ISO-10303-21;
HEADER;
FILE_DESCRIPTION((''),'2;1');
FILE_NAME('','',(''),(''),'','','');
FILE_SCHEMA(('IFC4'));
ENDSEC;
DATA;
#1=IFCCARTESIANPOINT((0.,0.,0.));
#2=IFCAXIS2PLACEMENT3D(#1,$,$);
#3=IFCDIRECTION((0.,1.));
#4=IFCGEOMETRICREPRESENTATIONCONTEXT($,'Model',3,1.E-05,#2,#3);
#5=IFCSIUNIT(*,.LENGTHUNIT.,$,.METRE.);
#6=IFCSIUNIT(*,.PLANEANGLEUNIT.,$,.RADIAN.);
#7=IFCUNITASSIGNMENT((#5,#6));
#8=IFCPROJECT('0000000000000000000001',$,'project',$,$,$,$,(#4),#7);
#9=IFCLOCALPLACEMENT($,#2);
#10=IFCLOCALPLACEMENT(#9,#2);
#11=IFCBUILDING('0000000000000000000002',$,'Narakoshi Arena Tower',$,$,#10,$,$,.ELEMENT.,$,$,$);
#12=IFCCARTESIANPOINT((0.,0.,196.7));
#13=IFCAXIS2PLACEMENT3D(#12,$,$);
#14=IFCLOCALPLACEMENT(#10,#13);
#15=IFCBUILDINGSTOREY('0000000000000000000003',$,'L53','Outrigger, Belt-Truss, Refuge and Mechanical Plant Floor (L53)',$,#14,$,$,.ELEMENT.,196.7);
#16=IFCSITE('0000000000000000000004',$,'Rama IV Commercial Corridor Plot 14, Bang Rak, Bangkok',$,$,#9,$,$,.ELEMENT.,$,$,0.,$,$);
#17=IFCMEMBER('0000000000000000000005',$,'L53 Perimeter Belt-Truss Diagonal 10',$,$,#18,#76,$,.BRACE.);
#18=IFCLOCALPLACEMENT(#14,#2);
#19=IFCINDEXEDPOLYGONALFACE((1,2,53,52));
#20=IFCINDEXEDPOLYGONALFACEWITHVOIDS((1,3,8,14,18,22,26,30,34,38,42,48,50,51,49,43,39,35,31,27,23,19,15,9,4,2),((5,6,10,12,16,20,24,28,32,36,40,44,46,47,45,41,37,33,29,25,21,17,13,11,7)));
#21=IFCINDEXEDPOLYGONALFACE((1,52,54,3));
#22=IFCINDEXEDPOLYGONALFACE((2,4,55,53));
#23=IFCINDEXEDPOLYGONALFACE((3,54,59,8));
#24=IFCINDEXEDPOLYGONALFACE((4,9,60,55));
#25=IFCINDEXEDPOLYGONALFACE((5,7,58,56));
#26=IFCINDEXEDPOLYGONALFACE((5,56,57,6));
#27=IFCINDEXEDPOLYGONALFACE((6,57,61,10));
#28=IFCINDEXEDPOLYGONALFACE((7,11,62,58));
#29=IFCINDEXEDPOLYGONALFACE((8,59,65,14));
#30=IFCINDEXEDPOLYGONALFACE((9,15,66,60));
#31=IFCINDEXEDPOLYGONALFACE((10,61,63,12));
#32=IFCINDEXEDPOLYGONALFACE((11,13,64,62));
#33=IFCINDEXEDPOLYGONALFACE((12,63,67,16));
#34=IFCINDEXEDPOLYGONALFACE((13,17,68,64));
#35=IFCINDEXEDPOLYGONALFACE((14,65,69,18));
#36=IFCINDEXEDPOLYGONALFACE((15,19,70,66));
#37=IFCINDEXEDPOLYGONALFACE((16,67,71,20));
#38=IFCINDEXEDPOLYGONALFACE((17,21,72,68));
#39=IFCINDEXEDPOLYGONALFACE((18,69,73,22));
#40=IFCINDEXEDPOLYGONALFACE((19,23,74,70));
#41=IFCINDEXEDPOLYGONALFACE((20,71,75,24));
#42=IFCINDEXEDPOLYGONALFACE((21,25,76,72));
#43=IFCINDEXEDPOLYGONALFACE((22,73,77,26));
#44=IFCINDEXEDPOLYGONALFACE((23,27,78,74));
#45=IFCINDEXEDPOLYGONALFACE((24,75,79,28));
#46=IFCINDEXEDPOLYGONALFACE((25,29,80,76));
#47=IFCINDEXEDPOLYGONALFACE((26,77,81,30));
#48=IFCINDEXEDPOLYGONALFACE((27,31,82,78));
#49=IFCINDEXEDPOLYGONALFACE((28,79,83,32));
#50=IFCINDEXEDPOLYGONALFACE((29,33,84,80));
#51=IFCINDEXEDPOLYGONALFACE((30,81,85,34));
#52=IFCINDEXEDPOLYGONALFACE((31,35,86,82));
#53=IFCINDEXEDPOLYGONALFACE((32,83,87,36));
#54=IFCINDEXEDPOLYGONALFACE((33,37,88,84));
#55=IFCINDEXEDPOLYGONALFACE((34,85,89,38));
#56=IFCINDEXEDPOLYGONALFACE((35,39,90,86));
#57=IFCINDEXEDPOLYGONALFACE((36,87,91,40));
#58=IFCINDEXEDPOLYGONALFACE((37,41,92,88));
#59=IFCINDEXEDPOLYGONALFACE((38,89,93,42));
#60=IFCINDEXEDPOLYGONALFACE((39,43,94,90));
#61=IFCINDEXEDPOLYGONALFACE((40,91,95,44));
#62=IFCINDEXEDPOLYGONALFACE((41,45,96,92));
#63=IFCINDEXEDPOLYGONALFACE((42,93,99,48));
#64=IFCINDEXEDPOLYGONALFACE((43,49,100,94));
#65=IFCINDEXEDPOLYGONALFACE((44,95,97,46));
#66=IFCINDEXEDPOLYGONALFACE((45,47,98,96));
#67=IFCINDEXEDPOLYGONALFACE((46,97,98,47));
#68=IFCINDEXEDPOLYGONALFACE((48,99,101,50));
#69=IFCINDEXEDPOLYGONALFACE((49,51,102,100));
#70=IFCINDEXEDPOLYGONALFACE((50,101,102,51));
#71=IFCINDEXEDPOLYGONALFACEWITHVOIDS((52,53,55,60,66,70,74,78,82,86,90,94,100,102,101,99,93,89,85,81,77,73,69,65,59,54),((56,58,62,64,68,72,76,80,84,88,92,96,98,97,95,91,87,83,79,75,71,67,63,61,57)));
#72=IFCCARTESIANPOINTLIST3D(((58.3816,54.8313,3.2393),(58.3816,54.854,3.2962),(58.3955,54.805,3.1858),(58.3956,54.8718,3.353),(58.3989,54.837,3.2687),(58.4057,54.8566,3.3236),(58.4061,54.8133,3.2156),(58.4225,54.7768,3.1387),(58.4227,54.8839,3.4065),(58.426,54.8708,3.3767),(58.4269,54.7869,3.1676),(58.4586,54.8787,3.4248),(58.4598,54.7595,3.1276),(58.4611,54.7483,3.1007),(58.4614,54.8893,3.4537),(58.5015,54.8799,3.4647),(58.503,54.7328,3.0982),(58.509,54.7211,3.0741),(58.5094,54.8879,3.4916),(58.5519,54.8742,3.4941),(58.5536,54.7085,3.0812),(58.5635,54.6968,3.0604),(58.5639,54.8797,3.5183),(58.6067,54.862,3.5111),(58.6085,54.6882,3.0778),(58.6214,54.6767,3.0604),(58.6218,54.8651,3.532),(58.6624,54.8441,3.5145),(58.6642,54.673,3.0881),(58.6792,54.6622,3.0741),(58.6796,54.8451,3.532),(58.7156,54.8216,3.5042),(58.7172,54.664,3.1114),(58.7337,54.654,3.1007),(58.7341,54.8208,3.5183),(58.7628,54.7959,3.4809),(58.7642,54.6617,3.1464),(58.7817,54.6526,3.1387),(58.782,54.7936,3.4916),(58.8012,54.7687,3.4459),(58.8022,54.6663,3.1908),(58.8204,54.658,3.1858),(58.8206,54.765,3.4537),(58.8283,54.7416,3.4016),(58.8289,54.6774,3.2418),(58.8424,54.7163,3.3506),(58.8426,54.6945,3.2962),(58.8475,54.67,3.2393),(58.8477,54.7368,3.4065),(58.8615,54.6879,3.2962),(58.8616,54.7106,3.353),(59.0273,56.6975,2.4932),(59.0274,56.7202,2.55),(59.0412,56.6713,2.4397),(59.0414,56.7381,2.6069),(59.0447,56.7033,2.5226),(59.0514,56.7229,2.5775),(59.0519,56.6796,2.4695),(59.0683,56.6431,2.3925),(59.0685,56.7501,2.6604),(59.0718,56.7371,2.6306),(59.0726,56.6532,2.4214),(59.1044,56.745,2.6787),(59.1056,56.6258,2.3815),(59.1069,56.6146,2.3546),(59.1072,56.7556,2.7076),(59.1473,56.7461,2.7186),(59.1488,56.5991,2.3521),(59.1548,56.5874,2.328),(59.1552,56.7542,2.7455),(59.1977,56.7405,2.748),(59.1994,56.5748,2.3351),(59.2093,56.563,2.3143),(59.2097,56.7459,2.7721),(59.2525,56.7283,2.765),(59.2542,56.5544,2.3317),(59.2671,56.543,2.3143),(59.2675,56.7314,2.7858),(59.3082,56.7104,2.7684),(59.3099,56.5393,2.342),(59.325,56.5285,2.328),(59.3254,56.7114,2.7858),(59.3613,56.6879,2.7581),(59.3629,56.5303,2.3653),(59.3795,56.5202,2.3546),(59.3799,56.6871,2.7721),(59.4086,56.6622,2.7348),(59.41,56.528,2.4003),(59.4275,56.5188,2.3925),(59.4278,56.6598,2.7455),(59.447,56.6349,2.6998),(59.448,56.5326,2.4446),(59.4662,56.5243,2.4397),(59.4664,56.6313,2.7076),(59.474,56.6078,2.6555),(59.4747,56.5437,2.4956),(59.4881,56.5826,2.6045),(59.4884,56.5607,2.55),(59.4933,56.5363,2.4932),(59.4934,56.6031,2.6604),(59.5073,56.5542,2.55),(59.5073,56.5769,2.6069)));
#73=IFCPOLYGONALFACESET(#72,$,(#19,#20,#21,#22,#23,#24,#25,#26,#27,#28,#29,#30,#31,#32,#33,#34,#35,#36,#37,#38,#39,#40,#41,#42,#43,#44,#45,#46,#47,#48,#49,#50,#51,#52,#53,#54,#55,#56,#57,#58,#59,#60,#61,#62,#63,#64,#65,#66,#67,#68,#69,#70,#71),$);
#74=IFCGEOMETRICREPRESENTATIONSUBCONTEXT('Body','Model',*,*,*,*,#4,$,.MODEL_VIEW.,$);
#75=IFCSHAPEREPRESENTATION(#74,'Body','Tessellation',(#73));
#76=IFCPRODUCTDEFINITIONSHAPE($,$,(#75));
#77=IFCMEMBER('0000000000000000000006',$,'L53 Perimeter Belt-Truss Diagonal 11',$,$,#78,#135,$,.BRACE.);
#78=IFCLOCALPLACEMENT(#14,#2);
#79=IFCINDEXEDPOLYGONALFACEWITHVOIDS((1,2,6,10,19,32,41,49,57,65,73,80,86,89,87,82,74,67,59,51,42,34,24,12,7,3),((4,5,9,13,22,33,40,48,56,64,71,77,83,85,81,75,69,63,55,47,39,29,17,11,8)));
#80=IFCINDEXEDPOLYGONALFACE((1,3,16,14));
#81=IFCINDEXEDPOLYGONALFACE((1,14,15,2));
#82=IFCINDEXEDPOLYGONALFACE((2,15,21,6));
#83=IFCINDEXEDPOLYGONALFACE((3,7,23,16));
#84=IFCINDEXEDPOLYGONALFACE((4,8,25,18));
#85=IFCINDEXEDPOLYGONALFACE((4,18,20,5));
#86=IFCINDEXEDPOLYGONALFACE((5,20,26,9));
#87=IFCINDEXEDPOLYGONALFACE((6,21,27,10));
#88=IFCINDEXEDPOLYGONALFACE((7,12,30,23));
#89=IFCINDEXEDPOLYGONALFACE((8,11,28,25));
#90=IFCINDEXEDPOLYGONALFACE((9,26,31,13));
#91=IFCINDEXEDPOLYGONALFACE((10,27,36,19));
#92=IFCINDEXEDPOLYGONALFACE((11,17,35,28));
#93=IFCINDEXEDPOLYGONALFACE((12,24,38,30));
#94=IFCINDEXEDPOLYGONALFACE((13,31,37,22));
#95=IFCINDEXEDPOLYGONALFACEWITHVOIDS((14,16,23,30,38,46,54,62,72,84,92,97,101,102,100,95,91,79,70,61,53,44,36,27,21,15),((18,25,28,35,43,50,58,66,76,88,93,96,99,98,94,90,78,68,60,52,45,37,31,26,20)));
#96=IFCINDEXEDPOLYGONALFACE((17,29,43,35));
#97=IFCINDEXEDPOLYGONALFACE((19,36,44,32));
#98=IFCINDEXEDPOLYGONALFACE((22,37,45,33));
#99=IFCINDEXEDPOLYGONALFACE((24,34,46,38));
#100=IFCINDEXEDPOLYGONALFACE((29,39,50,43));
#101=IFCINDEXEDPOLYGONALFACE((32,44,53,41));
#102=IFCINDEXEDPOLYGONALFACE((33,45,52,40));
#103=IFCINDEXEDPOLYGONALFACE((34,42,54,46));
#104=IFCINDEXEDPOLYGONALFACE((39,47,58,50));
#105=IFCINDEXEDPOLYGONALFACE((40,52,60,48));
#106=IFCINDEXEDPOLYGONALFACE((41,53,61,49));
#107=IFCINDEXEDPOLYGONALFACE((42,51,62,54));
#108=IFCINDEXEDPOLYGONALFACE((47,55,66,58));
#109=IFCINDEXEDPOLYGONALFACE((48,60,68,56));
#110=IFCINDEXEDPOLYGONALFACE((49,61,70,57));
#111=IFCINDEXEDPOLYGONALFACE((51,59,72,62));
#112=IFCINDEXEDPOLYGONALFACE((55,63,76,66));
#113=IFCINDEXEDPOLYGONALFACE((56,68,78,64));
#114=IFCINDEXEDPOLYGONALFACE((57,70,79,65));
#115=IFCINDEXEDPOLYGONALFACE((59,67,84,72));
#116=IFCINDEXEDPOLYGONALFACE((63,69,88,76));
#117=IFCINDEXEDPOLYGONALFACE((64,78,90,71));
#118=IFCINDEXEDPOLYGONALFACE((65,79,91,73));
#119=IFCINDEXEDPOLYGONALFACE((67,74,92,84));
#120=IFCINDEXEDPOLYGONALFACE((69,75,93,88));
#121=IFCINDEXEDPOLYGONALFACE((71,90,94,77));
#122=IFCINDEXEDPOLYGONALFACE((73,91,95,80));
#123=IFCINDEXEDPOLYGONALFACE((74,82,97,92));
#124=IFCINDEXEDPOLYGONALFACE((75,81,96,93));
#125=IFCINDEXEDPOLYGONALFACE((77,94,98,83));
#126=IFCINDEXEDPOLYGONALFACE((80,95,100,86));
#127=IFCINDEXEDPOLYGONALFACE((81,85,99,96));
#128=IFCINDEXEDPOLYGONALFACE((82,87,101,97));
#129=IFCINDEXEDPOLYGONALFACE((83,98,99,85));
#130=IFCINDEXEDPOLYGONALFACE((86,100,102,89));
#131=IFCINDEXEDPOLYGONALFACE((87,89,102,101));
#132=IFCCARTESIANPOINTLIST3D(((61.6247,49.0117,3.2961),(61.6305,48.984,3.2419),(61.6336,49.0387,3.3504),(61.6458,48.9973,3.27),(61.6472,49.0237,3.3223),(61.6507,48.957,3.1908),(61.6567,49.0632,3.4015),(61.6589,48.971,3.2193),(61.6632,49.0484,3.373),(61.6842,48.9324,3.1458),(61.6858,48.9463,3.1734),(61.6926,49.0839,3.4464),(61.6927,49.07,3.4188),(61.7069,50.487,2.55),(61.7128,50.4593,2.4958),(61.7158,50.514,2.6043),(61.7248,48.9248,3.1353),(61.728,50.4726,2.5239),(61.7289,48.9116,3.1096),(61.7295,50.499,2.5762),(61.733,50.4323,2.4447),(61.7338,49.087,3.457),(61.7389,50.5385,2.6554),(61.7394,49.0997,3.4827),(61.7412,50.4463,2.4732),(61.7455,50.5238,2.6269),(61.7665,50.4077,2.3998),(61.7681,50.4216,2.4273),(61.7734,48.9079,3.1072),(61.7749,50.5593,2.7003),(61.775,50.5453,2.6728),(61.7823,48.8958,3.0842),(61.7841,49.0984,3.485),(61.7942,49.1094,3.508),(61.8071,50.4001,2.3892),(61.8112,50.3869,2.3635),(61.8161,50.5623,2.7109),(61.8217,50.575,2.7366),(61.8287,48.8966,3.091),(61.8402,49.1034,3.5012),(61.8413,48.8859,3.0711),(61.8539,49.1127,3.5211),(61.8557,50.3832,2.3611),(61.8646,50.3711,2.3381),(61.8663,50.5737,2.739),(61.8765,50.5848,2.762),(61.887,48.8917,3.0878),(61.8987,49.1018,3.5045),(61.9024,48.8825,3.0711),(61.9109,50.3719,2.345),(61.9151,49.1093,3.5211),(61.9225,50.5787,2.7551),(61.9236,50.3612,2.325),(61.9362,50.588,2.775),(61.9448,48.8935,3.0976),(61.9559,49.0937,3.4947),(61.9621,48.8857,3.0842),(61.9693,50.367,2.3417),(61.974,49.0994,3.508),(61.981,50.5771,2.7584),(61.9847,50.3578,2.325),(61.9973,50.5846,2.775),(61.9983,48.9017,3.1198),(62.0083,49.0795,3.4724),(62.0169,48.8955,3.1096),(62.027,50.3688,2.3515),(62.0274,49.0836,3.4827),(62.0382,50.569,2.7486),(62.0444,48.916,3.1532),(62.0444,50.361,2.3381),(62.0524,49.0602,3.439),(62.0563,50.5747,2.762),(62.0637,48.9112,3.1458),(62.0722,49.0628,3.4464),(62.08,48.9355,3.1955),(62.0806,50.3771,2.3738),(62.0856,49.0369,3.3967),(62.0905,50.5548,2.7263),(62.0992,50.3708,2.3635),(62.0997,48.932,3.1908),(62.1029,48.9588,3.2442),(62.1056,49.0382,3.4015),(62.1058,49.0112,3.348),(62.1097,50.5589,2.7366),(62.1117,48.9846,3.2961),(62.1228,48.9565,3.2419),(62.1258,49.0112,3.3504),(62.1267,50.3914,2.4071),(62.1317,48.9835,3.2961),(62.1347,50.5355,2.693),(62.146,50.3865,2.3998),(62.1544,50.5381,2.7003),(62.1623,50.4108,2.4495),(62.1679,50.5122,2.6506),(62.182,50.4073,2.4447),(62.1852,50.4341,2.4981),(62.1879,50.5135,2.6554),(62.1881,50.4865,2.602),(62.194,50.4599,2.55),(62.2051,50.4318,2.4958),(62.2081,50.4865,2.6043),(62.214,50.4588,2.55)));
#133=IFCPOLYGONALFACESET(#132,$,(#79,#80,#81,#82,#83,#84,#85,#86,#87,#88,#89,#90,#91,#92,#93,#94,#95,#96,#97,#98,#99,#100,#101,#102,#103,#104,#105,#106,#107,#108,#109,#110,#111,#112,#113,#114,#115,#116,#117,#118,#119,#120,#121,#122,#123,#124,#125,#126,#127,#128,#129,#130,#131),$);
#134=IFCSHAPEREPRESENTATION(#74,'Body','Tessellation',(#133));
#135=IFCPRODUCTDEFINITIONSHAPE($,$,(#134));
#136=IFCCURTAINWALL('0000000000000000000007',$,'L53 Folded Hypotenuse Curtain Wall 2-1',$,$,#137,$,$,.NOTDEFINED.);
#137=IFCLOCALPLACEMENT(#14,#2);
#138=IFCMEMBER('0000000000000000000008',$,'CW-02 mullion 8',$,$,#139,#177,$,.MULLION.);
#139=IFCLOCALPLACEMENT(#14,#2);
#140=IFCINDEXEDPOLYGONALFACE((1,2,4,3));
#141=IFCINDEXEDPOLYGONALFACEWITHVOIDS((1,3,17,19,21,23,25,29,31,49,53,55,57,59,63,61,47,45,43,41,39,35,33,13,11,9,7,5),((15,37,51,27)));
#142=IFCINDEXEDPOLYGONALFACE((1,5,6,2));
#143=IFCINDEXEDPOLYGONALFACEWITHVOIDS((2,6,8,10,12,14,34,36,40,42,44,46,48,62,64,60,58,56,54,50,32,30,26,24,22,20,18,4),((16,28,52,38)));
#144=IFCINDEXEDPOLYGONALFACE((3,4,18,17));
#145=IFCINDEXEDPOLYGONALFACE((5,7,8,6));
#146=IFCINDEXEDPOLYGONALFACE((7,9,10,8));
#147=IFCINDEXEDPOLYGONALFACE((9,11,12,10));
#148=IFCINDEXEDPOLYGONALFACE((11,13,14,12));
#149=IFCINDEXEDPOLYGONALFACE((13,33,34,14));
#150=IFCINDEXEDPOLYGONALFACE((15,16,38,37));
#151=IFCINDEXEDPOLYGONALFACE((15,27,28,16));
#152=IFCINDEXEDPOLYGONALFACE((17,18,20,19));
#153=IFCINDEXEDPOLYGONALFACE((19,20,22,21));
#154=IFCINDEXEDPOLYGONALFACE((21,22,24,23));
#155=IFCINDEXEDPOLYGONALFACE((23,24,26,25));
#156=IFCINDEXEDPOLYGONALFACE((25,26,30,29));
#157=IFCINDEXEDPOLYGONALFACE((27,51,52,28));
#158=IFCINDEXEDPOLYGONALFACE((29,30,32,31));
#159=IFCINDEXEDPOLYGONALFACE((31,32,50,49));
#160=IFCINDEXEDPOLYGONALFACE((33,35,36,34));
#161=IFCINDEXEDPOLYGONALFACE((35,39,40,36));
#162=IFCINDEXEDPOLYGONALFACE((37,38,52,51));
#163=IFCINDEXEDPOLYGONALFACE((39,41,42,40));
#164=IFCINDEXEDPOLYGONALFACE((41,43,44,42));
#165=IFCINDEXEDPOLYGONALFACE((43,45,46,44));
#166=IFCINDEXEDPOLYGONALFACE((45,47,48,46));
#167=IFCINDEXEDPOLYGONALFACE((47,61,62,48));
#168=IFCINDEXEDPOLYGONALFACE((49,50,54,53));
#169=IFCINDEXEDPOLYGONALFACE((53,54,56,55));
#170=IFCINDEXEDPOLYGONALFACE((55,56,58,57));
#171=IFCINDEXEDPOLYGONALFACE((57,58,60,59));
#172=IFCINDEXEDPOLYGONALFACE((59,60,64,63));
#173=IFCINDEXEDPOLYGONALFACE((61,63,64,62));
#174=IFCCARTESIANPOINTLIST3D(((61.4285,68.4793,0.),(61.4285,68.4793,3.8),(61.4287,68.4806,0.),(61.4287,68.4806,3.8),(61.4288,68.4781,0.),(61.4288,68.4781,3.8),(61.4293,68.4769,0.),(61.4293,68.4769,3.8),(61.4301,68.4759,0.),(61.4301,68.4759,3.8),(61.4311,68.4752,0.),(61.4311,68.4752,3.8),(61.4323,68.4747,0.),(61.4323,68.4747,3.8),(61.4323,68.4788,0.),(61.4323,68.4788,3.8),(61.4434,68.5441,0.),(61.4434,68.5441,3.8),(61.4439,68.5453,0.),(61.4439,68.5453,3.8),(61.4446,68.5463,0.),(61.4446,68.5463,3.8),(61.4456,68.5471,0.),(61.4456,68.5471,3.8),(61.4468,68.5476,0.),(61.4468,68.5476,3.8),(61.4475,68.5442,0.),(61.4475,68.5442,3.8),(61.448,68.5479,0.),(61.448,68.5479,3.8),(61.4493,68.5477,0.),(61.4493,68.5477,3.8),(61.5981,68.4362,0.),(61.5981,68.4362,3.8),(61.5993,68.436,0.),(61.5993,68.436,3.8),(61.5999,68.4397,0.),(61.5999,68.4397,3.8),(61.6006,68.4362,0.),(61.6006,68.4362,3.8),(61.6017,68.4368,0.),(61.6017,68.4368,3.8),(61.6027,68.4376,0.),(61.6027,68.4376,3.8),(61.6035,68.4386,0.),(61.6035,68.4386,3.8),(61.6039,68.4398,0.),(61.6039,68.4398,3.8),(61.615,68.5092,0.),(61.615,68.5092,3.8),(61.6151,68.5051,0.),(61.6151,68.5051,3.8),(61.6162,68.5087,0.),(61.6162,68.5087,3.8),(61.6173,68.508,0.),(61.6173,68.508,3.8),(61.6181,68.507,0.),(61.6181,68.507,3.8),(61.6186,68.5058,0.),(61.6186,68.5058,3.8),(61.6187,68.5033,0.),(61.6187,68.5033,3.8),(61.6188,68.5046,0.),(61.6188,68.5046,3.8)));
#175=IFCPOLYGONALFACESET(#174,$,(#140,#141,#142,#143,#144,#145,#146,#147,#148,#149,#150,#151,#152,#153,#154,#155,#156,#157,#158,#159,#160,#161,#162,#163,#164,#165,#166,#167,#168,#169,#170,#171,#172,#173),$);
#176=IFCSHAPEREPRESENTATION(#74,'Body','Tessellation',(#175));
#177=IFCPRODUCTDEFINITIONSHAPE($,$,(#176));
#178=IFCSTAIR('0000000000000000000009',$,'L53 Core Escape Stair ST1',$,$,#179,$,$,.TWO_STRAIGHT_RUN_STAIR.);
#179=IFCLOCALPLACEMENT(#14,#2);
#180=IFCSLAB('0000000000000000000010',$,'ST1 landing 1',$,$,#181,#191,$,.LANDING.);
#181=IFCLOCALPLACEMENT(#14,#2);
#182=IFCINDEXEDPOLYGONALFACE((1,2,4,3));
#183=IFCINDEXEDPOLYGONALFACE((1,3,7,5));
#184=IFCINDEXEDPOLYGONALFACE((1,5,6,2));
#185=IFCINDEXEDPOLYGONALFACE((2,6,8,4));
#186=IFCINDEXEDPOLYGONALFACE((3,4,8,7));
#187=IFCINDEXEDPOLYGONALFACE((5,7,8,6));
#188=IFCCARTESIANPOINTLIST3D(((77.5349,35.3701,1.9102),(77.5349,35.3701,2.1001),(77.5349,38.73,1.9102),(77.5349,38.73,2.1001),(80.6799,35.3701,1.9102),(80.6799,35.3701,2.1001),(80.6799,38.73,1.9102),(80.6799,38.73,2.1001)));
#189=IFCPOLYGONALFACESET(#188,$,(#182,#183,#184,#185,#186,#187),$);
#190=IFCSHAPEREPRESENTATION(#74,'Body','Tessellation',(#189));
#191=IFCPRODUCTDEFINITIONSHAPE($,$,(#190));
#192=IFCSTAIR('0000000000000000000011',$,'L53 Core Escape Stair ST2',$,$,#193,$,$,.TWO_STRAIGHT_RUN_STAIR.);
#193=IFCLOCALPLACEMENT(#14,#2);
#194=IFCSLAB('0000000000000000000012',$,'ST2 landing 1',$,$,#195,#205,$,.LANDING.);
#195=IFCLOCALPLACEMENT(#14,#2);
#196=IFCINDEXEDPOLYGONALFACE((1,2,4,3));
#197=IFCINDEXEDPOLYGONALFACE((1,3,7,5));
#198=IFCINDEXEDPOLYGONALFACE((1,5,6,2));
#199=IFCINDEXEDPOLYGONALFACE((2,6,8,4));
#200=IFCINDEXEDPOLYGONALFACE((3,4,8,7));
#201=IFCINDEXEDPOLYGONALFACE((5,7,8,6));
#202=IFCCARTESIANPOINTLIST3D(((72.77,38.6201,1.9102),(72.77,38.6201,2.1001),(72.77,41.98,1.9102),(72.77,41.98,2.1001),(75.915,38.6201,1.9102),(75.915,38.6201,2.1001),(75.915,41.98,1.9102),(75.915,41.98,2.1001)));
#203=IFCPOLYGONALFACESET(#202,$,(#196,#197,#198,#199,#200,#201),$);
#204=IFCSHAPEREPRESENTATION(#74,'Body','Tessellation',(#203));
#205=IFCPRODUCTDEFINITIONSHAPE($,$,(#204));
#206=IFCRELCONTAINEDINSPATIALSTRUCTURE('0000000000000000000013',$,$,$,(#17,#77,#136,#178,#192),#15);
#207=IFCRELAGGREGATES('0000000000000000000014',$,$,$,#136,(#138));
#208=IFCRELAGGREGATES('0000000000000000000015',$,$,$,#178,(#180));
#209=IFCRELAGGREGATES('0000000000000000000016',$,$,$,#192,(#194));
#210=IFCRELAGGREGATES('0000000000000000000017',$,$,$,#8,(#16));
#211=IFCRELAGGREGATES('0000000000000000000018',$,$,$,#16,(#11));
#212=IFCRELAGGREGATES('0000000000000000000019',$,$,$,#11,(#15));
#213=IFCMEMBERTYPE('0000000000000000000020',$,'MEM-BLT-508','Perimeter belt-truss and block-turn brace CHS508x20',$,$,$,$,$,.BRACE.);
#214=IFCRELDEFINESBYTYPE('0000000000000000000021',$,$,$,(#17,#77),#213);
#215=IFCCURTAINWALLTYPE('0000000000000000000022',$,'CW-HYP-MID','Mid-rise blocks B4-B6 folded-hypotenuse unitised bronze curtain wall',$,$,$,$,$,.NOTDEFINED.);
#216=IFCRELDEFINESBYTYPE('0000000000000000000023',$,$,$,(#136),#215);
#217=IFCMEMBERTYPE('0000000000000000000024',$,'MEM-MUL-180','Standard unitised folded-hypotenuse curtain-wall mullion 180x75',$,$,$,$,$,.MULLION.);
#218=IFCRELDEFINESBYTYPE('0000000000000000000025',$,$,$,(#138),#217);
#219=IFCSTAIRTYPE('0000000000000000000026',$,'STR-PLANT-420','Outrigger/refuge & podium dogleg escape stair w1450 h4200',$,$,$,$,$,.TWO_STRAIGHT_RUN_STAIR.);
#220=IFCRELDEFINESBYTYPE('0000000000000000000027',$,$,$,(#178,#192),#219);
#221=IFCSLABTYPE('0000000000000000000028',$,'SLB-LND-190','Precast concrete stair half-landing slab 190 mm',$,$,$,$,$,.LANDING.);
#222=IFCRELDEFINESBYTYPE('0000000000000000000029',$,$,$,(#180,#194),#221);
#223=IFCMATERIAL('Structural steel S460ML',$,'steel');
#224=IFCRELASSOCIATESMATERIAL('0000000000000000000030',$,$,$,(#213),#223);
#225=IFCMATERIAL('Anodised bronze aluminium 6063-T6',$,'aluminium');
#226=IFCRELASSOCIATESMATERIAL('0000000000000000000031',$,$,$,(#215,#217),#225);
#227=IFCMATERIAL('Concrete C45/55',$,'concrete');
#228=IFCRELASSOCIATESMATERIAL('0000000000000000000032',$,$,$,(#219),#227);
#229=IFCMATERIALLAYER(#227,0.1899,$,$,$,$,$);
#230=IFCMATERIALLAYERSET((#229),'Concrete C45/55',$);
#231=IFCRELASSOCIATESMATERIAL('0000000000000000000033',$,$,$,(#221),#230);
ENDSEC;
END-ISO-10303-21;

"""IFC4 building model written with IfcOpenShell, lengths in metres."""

from ifc_helpers import new_model, si_unit, direction, frame, origin, origin_2d, place, context, subcontext, project, spatial, polyline, hollow_rectangle, hollow_circle, outline, extrude, material, layer, layer_set, material_profile, profile_set, type_object, element, aggregate, save


model = new_model("IFC4")

# Units and contexts
model_context = context("Model", 3, precision=1e-05, world=origin(), true_north=direction((0.0, 1.0)))
body_context = subcontext(model_context, "Body", "Model", "MODEL_VIEW")
ifc_project = project(units=[si_unit("LENGTHUNIT", "METRE"), si_unit("PLANEANGLEUNIT", "RADIAN")], contexts=[model_context])

# Site, building, storey
site_placement = place(None, origin())
site = spatial("IfcSite", under=ifc_project, at=site_placement, Name="Rama IV Commercial Corridor Plot 14, Bang Rak, Bangkok", CompositionType="ELEMENT", RefElevation=0.0)
building_placement = place(site_placement, origin())
building = spatial("IfcBuilding", under=site, at=building_placement, Name="Narakoshi Arena Tower", CompositionType="ELEMENT")
storey_placement = place(building_placement, frame((0.0, 0.0, 196.7)))
storey = spatial("IfcBuildingStorey", under=building, at=storey_placement, Name="L53", Description="Outrigger, Belt-Truss, Refuge and Mechanical Plant Floor (L53)", CompositionType="ELEMENT", Elevation=196.7)

# Shared definitions
ifc_material_1 = material(Name="Structural steel S460ML", Category="steel")

# Members
ifc_material_profile_1 = material_profile(ifc_material_1, hollow_circle(Radius=0.2539, WallThickness=0.02, at=origin_2d()), Name="CHS508x20")
ifc_profile_set_1 = profile_set([ifc_material_profile_1], Name="Structural steel S460ML")
member_type_1 = type_object("IfcMemberType", Name="MEM-BLT-508", Description="Perimeter belt-truss and block-turn brace CHS508x20", PredefinedType="BRACE", material=ifc_profile_set_1)
member_1_placement = place(storey_placement, frame((59.2673, 56.6372, 2.55), z_axis=(-0.305896, -0.884034, 0.353429), x_axis=(0.945024, -0.327, 0.0)))
element("IfcMember", 1, at=member_1_placement, inside=storey, type_object=member_type_1, Name="L53 Perimeter Belt-Truss Diagonal 10", PredefinedType="BRACE", context=body_context, shape_type="SweptSolid", body=[
    extrude(hollow_circle(Radius=0.2539, WallThickness=0.02, at=origin_2d()), origin(), (0.0, 0.0, 1.0), 2.1111),
])
member_2_placement = place(storey_placement, frame((61.9604, 50.4729, 2.55), z_axis=(-0.049704, -0.891277, 0.450727), x_axis=(0.998449, -0.05568, 0.0)))
element("IfcMember", 2, at=member_2_placement, inside=storey, type_object=member_type_1, Name="L53 Perimeter Belt-Truss Diagonal 11", PredefinedType="BRACE", context=body_context, shape_type="SweptSolid", body=[
    extrude(hollow_circle(Radius=0.2539, WallThickness=0.02, at=origin_2d()), origin(), (0.0, 0.0, 1.0), 1.6553),
])

# Curtain wall, member
ifc_material_2 = material(Name="Anodised bronze aluminium 6063-T6", Category="aluminium")
curtain_wall_type = type_object("IfcCurtainWallType", Name="CW-HYP-MID", Description="Mid-rise blocks B4-B6 folded-hypotenuse unitised bronze curtain wall", PredefinedType="NOTDEFINED", material=ifc_material_2)
curtain_wall_placement = place(storey_placement, origin())
curtain_wall = element("IfcCurtainWall", 3, at=curtain_wall_placement, inside=storey, type_object=curtain_wall_type, Name="L53 Folded Hypotenuse Curtain Wall 2-1", PredefinedType="NOTDEFINED")
ifc_material_profile_2 = material_profile(ifc_material_2, hollow_rectangle(XDim=0.075, YDim=0.1799, WallThickness=0.0039, OuterFilletRadius=0.0049, at=origin_2d()), Name="MUL180x75x4")
ifc_profile_set_2 = profile_set([ifc_material_profile_2], Name="Anodised bronze aluminium 6063-T6")
member_type_2 = type_object("IfcMemberType", Name="MEM-MUL-180", Description="Standard unitised folded-hypotenuse curtain-wall mullion 180x75", PredefinedType="MULLION", material=ifc_profile_set_2)
member_3_placement = place(storey_placement, frame((61.5237, 68.4919, 0.0), z_axis=(0.0, 0.0, 1.0), x_axis=(-0.226721, -0.97396, 0.0)))
member_3 = element("IfcMember", 4, at=member_3_placement, type_object=member_type_2, Name="CW-02 mullion 8", PredefinedType="MULLION", context=body_context, shape_type="SweptSolid", body=[
    extrude(hollow_rectangle(XDim=0.075, YDim=0.1799, WallThickness=0.0039, OuterFilletRadius=0.0049, at=origin_2d()), origin(), (0.0, 0.0, 1.0), 3.8),
])
aggregate(curtain_wall, [member_3])

# Stairs, slabs
ifc_material_3 = material(Name="Concrete C45/55", Category="concrete")
stair_type = type_object("IfcStairType", Name="STR-PLANT-420", Description="Outrigger/refuge & podium dogleg escape stair w1450 h4200", PredefinedType="TWO_STRAIGHT_RUN_STAIR", material=ifc_material_3)
stair_1_placement = place(storey_placement, origin())
stair_1 = element("IfcStair", 5, at=stair_1_placement, inside=storey, type_object=stair_type, Name="L53 Core Escape Stair ST1", PredefinedType="TWO_STRAIGHT_RUN_STAIR")
ifc_layer_1 = layer(ifc_material_3, 0.1899)
ifc_layer_set_1 = layer_set([ifc_layer_1], Name="Concrete C45/55")
slab_type_1 = type_object("IfcSlabType", Name="SLB-LND-190", Description="Precast concrete stair half-landing slab 190 mm", PredefinedType="LANDING", material=ifc_layer_set_1)
slab_1_placement = place(storey_placement, frame((0.0, 0.0, 1.9102)))
slab_1 = element("IfcSlab", 6, at=slab_1_placement, type_object=slab_type_1, Name="ST1 landing 1", PredefinedType="LANDING", context=body_context, shape_type="SweptSolid", body=[
    extrude(outline(polyline([(77.5349, 35.3701), (80.6799, 35.3701), (80.6799, 38.73), (77.5349, 38.73), (77.5349, 35.3701)])), origin(), (0.0, 0.0, 1.0), 0.1899),
])
aggregate(stair_1, [slab_1])
stair_2_placement = place(storey_placement, origin())
stair_2 = element("IfcStair", 7, at=stair_2_placement, inside=storey, type_object=stair_type, Name="L53 Core Escape Stair ST2", PredefinedType="TWO_STRAIGHT_RUN_STAIR")
slab_2_placement = place(storey_placement, frame((0.0, 0.0, 1.9102)))
slab_2 = element("IfcSlab", 8, at=slab_2_placement, type_object=slab_type_1, Name="ST2 landing 1", PredefinedType="LANDING", context=body_context, shape_type="SweptSolid", body=[
    extrude(outline(polyline([(72.77, 38.6201), (75.915, 38.6201), (75.915, 41.98), (72.77, 41.98), (72.77, 38.6201)])), origin(), (0.0, 0.0, 1.0), 0.1899),
])
aggregate(stair_2, [slab_2])

save(model, "model.ifc")
